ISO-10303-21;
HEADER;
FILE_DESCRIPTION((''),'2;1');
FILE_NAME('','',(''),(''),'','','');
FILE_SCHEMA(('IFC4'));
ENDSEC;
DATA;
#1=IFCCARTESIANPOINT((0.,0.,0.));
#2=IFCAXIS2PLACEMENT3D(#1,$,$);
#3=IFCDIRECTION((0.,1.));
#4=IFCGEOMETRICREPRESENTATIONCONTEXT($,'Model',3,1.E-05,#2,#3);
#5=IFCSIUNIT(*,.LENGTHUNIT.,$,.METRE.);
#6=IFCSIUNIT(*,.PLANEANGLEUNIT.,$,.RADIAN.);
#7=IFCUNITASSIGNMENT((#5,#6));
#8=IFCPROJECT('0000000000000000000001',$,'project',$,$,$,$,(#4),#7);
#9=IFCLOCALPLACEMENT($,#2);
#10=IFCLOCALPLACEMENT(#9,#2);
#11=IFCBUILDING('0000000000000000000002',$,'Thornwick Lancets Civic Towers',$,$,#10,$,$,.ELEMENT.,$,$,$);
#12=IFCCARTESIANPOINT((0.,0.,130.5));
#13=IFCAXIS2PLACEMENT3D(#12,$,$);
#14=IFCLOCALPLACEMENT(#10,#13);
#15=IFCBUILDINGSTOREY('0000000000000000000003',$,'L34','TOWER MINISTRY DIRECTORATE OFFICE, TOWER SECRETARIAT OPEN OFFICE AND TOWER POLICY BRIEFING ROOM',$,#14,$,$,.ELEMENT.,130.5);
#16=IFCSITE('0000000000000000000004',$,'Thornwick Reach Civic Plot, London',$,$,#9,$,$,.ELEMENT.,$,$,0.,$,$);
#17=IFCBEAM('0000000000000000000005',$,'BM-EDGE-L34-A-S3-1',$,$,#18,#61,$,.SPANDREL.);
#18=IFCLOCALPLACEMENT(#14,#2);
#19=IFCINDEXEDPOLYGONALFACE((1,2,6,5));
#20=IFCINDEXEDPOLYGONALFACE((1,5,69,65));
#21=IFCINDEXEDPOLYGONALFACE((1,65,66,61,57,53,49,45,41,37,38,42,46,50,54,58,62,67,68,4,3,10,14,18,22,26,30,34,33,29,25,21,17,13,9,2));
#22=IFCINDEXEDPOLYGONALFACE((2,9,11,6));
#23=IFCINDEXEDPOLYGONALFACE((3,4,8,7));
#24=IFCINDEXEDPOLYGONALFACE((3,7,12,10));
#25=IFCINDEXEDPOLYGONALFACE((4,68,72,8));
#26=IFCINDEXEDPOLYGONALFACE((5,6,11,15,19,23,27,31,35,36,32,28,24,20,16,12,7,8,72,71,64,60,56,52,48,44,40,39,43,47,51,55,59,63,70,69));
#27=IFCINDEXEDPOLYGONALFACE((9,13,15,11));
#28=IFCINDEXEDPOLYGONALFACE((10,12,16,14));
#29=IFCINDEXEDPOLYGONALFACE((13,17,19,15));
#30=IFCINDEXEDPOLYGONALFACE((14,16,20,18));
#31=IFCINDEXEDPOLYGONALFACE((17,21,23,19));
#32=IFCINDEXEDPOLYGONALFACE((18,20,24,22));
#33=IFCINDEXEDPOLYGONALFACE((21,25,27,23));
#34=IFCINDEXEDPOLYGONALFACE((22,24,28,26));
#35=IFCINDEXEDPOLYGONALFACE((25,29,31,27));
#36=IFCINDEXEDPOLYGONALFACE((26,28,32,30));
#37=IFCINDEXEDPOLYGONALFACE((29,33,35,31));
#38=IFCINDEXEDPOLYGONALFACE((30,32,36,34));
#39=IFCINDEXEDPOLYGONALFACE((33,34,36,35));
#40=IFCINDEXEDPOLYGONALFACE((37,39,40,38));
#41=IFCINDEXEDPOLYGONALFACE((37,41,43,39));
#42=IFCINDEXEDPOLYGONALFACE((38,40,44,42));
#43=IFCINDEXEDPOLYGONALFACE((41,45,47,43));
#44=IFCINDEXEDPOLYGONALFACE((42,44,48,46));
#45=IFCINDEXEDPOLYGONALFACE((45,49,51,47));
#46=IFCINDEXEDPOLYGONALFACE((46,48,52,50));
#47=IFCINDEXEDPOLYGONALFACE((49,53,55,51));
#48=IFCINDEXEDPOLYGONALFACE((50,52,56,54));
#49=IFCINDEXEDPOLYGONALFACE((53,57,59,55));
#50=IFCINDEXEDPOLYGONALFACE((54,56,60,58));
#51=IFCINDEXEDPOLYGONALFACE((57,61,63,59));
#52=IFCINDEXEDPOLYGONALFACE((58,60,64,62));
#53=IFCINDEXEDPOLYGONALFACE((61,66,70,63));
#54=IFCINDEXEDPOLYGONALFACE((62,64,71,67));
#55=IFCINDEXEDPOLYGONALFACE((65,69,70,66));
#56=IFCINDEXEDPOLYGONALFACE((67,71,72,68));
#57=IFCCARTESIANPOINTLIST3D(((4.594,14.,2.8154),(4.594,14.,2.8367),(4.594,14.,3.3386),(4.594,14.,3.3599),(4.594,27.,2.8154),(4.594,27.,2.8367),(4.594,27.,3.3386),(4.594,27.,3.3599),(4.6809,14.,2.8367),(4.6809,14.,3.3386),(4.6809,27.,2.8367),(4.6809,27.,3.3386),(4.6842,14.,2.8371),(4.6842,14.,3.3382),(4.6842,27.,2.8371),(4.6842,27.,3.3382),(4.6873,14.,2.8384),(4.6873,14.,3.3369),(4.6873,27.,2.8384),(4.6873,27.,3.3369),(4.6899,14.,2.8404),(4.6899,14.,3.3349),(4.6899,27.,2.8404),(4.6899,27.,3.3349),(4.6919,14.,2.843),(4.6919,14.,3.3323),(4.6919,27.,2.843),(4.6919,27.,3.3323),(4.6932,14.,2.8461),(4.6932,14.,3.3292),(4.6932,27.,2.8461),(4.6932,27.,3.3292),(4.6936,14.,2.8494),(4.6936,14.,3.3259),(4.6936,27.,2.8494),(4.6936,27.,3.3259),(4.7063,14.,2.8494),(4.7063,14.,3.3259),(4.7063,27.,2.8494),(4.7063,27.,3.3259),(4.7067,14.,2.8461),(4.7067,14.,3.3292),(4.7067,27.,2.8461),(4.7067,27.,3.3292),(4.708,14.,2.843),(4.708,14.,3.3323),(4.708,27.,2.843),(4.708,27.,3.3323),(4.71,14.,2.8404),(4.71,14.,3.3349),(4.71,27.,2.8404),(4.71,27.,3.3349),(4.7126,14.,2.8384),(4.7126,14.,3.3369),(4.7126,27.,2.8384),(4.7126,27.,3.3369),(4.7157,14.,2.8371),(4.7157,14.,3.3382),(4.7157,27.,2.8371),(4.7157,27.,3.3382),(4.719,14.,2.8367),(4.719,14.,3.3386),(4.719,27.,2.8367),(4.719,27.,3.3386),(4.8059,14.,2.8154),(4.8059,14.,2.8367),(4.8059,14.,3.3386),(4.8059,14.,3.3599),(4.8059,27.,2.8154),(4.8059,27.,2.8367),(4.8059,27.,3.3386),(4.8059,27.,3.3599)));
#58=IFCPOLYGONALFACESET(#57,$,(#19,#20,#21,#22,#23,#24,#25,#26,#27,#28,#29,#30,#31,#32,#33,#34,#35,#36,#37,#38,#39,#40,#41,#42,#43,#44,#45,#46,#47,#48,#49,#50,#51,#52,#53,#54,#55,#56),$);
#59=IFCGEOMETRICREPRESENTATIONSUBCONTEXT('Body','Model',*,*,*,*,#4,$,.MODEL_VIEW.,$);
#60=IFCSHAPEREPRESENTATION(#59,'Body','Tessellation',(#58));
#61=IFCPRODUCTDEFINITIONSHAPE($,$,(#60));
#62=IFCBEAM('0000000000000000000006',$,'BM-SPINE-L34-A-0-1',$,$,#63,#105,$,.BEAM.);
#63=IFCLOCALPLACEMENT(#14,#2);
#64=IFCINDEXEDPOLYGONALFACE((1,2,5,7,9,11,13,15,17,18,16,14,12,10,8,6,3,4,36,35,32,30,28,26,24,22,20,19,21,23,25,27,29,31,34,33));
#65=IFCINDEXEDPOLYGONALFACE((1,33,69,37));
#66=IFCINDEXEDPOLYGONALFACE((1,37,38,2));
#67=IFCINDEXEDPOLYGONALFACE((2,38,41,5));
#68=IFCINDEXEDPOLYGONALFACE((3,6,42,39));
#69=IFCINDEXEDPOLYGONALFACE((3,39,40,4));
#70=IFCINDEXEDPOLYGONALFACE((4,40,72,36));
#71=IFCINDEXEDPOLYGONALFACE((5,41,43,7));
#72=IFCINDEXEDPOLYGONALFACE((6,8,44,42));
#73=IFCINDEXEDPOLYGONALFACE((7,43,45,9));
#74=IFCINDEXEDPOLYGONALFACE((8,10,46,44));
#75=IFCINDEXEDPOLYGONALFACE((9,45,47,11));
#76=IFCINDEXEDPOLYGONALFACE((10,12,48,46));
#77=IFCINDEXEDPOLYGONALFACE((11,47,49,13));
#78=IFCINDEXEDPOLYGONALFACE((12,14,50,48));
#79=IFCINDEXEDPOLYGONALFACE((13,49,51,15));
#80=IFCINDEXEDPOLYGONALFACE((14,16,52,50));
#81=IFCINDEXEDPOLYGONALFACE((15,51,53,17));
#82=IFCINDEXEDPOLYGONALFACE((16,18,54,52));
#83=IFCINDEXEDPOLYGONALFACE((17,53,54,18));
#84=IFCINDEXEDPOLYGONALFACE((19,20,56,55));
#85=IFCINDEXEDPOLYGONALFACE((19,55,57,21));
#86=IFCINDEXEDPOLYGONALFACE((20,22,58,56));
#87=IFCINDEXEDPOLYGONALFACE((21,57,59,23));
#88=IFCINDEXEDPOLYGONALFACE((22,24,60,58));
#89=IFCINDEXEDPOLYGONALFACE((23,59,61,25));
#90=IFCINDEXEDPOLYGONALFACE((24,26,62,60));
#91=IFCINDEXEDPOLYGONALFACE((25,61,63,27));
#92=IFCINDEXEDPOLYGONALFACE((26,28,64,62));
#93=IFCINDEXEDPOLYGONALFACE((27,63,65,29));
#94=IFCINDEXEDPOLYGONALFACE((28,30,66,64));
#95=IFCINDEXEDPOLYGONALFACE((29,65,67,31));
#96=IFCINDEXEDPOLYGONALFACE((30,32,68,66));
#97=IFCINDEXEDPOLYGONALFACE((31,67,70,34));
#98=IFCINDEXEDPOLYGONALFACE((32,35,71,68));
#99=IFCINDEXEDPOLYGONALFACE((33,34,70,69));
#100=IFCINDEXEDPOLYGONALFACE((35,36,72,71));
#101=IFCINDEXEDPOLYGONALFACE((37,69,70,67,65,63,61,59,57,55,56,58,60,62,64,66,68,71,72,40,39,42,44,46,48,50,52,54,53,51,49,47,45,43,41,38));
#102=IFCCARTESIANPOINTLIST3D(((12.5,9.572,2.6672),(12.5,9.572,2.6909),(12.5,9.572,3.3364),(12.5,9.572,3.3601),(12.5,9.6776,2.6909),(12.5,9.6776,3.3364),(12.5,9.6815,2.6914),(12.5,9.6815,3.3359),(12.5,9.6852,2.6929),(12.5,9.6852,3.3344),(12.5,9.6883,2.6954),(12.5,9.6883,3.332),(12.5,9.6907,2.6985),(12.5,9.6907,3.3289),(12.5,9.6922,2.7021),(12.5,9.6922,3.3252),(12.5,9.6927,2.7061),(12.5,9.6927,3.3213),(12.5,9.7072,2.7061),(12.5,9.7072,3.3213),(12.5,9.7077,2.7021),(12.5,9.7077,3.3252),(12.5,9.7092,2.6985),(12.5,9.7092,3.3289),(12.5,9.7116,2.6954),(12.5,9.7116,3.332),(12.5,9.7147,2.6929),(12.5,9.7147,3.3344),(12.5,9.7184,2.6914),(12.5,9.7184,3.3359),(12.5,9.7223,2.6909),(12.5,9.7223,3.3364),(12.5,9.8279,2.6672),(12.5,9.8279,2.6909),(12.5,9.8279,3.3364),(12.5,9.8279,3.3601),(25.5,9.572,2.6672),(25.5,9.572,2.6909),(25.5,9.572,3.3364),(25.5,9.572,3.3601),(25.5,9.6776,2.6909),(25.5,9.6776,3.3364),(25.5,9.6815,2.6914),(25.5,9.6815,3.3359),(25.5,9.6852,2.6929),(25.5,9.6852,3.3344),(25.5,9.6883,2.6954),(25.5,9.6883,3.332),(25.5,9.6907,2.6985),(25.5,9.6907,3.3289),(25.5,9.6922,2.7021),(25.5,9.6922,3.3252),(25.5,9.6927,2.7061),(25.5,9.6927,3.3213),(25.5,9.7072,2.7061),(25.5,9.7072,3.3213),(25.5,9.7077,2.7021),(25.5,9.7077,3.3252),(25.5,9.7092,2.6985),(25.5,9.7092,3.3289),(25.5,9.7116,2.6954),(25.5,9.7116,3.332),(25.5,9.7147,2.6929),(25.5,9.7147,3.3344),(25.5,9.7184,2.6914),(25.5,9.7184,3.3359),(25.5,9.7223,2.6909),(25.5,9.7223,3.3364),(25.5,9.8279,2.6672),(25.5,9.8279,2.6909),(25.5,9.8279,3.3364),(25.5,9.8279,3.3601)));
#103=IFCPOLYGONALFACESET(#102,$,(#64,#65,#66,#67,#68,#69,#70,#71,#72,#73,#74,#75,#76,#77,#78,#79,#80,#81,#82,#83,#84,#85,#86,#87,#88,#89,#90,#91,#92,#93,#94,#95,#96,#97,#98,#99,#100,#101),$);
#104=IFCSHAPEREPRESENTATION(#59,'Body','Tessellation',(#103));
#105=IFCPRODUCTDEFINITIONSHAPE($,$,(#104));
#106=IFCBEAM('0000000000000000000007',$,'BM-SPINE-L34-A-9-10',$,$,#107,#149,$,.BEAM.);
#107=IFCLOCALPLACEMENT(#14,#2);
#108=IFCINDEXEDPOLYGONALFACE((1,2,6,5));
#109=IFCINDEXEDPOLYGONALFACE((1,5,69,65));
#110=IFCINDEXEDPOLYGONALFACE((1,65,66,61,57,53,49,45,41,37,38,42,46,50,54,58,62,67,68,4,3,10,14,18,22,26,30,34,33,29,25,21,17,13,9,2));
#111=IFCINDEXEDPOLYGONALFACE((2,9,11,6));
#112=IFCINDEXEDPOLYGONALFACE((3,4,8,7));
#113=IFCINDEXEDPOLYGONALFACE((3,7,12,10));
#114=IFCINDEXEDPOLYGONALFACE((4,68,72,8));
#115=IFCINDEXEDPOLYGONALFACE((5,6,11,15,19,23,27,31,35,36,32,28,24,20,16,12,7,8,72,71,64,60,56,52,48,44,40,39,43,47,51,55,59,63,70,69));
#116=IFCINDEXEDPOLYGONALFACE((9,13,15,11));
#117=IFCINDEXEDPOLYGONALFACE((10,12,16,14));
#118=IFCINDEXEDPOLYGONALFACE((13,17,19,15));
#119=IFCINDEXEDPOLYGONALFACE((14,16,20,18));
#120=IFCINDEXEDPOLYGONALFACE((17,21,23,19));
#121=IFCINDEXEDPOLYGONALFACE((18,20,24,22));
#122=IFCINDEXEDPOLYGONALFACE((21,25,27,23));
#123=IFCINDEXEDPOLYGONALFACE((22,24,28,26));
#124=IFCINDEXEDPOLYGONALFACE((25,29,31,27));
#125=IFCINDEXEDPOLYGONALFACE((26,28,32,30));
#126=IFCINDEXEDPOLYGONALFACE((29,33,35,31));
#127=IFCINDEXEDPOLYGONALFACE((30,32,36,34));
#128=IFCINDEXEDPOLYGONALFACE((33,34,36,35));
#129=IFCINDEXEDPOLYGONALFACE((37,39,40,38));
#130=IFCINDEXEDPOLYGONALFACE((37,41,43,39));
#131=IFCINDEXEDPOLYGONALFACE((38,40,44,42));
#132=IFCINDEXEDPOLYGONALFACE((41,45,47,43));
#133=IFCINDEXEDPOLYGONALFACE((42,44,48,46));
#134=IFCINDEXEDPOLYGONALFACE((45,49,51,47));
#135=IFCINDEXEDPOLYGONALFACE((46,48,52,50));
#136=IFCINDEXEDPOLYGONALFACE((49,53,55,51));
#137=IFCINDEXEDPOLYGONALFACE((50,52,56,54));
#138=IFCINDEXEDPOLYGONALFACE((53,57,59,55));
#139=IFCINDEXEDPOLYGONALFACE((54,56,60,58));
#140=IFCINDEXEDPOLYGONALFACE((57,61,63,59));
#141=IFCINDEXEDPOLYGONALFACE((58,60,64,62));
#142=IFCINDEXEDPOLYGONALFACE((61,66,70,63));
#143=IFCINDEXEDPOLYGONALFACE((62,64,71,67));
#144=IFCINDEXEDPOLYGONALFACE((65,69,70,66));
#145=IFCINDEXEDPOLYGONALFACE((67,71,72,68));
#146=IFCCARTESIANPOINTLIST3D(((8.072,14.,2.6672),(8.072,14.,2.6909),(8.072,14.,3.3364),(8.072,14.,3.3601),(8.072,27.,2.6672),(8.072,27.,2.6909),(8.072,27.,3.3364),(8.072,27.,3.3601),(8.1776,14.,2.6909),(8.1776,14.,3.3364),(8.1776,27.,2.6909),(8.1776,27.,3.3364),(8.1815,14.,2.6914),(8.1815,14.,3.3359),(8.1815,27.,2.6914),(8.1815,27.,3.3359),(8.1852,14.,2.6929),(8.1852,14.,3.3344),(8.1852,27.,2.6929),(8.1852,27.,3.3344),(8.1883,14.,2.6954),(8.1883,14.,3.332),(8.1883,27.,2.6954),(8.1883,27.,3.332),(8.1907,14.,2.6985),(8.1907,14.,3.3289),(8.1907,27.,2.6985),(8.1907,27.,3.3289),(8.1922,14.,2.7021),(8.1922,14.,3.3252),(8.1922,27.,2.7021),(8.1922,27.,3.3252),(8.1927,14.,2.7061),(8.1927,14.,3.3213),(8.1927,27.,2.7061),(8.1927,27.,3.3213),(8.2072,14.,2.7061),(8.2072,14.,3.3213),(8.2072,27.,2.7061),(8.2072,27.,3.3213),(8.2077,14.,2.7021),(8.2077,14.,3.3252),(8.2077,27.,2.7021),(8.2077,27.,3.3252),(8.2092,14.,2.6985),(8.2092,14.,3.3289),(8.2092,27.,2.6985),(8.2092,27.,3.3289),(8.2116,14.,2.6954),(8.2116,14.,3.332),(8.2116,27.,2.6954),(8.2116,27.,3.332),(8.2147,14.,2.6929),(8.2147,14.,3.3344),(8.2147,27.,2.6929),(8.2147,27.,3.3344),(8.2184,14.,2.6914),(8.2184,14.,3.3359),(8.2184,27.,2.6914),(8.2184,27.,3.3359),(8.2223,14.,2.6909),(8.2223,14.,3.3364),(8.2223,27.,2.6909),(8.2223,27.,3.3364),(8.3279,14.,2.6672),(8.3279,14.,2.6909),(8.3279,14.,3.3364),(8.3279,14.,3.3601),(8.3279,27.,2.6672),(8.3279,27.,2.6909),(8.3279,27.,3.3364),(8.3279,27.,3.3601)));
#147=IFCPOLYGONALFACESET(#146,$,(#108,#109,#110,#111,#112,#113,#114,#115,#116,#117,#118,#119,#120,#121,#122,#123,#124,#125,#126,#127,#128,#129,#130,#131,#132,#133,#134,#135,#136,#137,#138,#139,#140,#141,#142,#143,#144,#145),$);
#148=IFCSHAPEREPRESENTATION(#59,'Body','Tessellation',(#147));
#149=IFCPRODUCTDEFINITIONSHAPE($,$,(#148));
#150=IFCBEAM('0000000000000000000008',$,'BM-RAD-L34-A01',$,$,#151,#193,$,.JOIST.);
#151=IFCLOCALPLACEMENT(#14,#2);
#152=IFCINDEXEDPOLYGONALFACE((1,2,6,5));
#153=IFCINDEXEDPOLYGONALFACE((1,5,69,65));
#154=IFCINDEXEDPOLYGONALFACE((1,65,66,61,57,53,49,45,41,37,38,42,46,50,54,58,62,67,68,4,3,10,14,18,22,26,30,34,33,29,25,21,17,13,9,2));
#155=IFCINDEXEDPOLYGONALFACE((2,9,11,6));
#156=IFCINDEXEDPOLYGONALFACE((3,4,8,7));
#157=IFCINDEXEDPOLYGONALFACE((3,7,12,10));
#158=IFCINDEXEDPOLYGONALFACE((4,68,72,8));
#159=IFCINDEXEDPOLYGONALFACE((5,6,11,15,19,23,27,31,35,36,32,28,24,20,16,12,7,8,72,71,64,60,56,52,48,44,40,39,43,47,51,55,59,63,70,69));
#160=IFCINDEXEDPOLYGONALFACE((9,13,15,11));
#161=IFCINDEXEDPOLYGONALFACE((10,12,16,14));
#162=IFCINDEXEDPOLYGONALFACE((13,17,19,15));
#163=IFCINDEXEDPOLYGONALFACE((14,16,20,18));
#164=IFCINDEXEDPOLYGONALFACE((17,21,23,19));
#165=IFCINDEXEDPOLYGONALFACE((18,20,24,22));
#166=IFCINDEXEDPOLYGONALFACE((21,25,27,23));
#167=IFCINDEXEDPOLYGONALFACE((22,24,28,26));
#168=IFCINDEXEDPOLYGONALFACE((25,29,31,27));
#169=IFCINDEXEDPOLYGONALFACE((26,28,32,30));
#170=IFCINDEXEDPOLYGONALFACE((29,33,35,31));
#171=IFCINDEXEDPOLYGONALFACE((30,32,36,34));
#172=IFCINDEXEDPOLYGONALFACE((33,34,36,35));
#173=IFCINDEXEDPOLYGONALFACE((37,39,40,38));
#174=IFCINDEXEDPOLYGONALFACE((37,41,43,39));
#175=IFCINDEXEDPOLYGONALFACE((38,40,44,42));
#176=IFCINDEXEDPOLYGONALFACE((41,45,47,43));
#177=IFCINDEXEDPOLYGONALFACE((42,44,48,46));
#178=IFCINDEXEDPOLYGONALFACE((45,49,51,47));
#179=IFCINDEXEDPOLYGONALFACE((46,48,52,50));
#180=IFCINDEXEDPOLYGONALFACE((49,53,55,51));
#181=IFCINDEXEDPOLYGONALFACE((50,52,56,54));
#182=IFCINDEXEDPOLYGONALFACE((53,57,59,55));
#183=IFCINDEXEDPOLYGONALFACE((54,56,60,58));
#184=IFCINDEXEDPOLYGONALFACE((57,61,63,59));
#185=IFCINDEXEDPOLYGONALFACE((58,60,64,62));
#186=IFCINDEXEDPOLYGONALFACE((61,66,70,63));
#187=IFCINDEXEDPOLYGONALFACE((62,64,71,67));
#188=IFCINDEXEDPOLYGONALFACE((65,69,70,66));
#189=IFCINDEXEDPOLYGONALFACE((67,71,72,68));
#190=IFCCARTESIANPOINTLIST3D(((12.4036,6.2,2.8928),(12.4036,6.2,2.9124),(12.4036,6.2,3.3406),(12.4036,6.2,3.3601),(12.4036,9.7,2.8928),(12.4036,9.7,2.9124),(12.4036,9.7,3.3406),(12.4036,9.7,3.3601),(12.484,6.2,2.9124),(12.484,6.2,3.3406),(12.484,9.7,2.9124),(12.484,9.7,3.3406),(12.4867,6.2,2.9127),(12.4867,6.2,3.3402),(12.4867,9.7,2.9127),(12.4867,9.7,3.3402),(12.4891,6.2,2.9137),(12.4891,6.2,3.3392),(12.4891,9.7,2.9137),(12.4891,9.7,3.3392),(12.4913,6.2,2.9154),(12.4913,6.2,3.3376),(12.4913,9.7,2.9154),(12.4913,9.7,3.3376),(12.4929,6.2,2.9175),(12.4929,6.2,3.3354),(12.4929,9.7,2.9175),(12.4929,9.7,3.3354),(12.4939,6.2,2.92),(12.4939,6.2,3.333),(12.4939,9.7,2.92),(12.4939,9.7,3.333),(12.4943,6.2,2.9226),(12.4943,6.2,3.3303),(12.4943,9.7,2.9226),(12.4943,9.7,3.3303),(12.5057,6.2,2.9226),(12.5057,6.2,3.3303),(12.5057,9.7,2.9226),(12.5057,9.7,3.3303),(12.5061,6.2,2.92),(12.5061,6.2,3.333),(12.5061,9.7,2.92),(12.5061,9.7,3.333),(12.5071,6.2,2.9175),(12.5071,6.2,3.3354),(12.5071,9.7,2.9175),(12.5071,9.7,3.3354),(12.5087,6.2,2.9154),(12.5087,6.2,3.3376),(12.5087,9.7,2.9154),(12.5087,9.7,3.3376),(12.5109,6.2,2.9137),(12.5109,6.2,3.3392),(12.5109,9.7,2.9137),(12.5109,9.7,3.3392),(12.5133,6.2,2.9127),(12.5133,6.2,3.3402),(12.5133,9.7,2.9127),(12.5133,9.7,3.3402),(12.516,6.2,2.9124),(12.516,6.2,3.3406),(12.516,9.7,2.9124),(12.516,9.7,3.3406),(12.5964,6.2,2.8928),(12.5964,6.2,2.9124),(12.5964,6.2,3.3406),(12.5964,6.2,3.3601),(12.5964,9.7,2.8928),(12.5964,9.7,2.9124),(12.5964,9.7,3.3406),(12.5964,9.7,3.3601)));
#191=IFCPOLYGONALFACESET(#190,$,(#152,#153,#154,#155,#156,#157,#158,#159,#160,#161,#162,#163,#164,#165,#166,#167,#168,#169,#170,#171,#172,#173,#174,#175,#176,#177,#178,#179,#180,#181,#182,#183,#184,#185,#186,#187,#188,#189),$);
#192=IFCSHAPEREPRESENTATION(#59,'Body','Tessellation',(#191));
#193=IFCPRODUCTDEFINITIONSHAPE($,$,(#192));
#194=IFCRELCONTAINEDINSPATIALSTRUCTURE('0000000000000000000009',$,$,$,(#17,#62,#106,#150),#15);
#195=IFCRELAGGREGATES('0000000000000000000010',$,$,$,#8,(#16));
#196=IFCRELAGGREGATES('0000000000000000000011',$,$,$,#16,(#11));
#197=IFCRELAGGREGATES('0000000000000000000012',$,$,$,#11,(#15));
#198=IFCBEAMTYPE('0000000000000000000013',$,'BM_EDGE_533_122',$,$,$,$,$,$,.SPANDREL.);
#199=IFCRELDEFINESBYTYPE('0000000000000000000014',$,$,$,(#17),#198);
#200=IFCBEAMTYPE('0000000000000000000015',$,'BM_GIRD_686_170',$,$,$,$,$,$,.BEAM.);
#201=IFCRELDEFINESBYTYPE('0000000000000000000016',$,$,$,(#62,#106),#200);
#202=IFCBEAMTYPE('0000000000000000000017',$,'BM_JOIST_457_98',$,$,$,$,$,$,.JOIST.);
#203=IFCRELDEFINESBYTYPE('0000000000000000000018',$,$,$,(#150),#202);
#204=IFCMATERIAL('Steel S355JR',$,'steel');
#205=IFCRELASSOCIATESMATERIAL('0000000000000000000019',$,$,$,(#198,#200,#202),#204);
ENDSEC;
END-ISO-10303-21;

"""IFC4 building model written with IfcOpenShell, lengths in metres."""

from ifc_helpers import new_model, si_unit, direction, frame, origin, origin_2d, place, context, subcontext, project, spatial, i_section, extrude, material, material_profile, profile_set, type_object, element, save


model = new_model("IFC4")

# Units and contexts
model_context = context("Model", 3, precision=1e-05, world=origin(), true_north=direction((0.0, 1.0)))
body_context = subcontext(model_context, "Body", "Model", "MODEL_VIEW")
ifc_project = project(units=[si_unit("LENGTHUNIT", "METRE"), si_unit("PLANEANGLEUNIT", "RADIAN")], contexts=[model_context])

# Site, building, storey
site_placement = place(None, origin())
site = spatial("IfcSite", under=ifc_project, at=site_placement, Name="Thornwick Reach Civic Plot, London", CompositionType="ELEMENT", RefElevation=0.0)
building_placement = place(site_placement, origin())
building = spatial("IfcBuilding", under=site, at=building_placement, Name="Thornwick Lancets Civic Towers", CompositionType="ELEMENT")
storey_placement = place(building_placement, frame((0.0, 0.0, 130.5)))
storey = spatial("IfcBuildingStorey", under=building, at=storey_placement, Name="L34", Description="TOWER MINISTRY DIRECTORATE OFFICE, TOWER SECRETARIAT OPEN OFFICE AND TOWER POLICY BRIEFING ROOM", CompositionType="ELEMENT", Elevation=130.5)

# Beams
ifc_material_1 = material(Name="Steel S355JR", Category="steel")
ifc_material_profile_1 = material_profile(ifc_material_1, i_section(OverallWidth=0.2119, OverallDepth=0.5444, WebThickness=0.0127, FlangeThickness=0.0212, FilletRadius=0.0127, at=origin_2d()), Name="UKB 533x210x122")
ifc_profile_set_1 = profile_set([ifc_material_profile_1], Name="Steel S355JR")
beam_type_1 = type_object("IfcBeamType", Name="BM_EDGE_533_122", PredefinedType="SPANDREL", material=ifc_profile_set_1)
for number, where, z_axis, x_axis, name in (
    (1, (4.7, 14.0, 3.0876), (0.0, 1.0, 0.0), (-1.0, 0.0, 0.0), "BM-EDGE-L34-A-S3-1"),
):
    element("IfcBeam", number, at=place(storey_placement, frame(where, z_axis=z_axis, x_axis=x_axis)), inside=storey, type_object=beam_type_1, Name=name, PredefinedType="SPANDREL", context=body_context, shape_type="SweptSolid", body=[
        extrude(i_section(OverallWidth=0.2119, OverallDepth=0.5444, WebThickness=0.0127, FlangeThickness=0.0212, FilletRadius=0.0127, at=origin_2d()), origin(), (0.0, 0.0, 1.0), 13.0),
    ])
ifc_material_profile_2 = material_profile(ifc_material_1, i_section(OverallWidth=0.2559, OverallDepth=0.6929, WebThickness=0.0144, FlangeThickness=0.0237, FilletRadius=0.0151, at=origin_2d()), Name="UKB 686x254x170")
ifc_profile_set_2 = profile_set([ifc_material_profile_2], Name="Steel S355JR")
beam_type_2 = type_object("IfcBeamType", Name="BM_GIRD_686_170", PredefinedType="BEAM", material=ifc_profile_set_2)
for number, where, z_axis, x_axis, name in (
    (2, (12.5, 9.7, 3.0137), (1.0, 0.0, 0.0), (0.0, 1.0, 0.0), "BM-SPINE-L34-A-0-1"),
    (3, (8.2, 14.0, 3.0137), (0.0, 1.0, 0.0), (-1.0, 0.0, 0.0), "BM-SPINE-L34-A-9-10"),
):
    element("IfcBeam", number, at=place(storey_placement, frame(where, z_axis=z_axis, x_axis=x_axis)), inside=storey, type_object=beam_type_2, Name=name, PredefinedType="BEAM", context=body_context, shape_type="SweptSolid", body=[
        extrude(i_section(OverallWidth=0.2559, OverallDepth=0.6929, WebThickness=0.0144, FlangeThickness=0.0237, FilletRadius=0.0151, at=origin_2d()), origin(), (0.0, 0.0, 1.0), 13.0),
    ])
ifc_material_profile_3 = material_profile(ifc_material_1, i_section(OverallWidth=0.1929, OverallDepth=0.4673, WebThickness=0.0115, FlangeThickness=0.0195, FilletRadius=0.0103, at=origin_2d()), Name="UKB 457x191x98")
ifc_profile_set_3 = profile_set([ifc_material_profile_3], Name="Steel S355JR")
beam_type_3 = type_object("IfcBeamType", Name="BM_JOIST_457_98", PredefinedType="JOIST", material=ifc_profile_set_3)
for number, where, z_axis, x_axis, name in (
    (4, (12.5, 9.7, 3.1265), (0.0, -1.0, 0.0), (1.0, 0.0, 0.0), "BM-RAD-L34-A01"),
):
    element("IfcBeam", number, at=place(storey_placement, frame(where, z_axis=z_axis, x_axis=x_axis)), inside=storey, type_object=beam_type_3, Name=name, PredefinedType="JOIST", context=body_context, shape_type="SweptSolid", body=[
        extrude(i_section(OverallWidth=0.1929, OverallDepth=0.4673, WebThickness=0.0115, FlangeThickness=0.0195, FilletRadius=0.0103, at=origin_2d()), origin(), (0.0, 0.0, 1.0), 3.5),
    ])

save(model, "model.ifc")
